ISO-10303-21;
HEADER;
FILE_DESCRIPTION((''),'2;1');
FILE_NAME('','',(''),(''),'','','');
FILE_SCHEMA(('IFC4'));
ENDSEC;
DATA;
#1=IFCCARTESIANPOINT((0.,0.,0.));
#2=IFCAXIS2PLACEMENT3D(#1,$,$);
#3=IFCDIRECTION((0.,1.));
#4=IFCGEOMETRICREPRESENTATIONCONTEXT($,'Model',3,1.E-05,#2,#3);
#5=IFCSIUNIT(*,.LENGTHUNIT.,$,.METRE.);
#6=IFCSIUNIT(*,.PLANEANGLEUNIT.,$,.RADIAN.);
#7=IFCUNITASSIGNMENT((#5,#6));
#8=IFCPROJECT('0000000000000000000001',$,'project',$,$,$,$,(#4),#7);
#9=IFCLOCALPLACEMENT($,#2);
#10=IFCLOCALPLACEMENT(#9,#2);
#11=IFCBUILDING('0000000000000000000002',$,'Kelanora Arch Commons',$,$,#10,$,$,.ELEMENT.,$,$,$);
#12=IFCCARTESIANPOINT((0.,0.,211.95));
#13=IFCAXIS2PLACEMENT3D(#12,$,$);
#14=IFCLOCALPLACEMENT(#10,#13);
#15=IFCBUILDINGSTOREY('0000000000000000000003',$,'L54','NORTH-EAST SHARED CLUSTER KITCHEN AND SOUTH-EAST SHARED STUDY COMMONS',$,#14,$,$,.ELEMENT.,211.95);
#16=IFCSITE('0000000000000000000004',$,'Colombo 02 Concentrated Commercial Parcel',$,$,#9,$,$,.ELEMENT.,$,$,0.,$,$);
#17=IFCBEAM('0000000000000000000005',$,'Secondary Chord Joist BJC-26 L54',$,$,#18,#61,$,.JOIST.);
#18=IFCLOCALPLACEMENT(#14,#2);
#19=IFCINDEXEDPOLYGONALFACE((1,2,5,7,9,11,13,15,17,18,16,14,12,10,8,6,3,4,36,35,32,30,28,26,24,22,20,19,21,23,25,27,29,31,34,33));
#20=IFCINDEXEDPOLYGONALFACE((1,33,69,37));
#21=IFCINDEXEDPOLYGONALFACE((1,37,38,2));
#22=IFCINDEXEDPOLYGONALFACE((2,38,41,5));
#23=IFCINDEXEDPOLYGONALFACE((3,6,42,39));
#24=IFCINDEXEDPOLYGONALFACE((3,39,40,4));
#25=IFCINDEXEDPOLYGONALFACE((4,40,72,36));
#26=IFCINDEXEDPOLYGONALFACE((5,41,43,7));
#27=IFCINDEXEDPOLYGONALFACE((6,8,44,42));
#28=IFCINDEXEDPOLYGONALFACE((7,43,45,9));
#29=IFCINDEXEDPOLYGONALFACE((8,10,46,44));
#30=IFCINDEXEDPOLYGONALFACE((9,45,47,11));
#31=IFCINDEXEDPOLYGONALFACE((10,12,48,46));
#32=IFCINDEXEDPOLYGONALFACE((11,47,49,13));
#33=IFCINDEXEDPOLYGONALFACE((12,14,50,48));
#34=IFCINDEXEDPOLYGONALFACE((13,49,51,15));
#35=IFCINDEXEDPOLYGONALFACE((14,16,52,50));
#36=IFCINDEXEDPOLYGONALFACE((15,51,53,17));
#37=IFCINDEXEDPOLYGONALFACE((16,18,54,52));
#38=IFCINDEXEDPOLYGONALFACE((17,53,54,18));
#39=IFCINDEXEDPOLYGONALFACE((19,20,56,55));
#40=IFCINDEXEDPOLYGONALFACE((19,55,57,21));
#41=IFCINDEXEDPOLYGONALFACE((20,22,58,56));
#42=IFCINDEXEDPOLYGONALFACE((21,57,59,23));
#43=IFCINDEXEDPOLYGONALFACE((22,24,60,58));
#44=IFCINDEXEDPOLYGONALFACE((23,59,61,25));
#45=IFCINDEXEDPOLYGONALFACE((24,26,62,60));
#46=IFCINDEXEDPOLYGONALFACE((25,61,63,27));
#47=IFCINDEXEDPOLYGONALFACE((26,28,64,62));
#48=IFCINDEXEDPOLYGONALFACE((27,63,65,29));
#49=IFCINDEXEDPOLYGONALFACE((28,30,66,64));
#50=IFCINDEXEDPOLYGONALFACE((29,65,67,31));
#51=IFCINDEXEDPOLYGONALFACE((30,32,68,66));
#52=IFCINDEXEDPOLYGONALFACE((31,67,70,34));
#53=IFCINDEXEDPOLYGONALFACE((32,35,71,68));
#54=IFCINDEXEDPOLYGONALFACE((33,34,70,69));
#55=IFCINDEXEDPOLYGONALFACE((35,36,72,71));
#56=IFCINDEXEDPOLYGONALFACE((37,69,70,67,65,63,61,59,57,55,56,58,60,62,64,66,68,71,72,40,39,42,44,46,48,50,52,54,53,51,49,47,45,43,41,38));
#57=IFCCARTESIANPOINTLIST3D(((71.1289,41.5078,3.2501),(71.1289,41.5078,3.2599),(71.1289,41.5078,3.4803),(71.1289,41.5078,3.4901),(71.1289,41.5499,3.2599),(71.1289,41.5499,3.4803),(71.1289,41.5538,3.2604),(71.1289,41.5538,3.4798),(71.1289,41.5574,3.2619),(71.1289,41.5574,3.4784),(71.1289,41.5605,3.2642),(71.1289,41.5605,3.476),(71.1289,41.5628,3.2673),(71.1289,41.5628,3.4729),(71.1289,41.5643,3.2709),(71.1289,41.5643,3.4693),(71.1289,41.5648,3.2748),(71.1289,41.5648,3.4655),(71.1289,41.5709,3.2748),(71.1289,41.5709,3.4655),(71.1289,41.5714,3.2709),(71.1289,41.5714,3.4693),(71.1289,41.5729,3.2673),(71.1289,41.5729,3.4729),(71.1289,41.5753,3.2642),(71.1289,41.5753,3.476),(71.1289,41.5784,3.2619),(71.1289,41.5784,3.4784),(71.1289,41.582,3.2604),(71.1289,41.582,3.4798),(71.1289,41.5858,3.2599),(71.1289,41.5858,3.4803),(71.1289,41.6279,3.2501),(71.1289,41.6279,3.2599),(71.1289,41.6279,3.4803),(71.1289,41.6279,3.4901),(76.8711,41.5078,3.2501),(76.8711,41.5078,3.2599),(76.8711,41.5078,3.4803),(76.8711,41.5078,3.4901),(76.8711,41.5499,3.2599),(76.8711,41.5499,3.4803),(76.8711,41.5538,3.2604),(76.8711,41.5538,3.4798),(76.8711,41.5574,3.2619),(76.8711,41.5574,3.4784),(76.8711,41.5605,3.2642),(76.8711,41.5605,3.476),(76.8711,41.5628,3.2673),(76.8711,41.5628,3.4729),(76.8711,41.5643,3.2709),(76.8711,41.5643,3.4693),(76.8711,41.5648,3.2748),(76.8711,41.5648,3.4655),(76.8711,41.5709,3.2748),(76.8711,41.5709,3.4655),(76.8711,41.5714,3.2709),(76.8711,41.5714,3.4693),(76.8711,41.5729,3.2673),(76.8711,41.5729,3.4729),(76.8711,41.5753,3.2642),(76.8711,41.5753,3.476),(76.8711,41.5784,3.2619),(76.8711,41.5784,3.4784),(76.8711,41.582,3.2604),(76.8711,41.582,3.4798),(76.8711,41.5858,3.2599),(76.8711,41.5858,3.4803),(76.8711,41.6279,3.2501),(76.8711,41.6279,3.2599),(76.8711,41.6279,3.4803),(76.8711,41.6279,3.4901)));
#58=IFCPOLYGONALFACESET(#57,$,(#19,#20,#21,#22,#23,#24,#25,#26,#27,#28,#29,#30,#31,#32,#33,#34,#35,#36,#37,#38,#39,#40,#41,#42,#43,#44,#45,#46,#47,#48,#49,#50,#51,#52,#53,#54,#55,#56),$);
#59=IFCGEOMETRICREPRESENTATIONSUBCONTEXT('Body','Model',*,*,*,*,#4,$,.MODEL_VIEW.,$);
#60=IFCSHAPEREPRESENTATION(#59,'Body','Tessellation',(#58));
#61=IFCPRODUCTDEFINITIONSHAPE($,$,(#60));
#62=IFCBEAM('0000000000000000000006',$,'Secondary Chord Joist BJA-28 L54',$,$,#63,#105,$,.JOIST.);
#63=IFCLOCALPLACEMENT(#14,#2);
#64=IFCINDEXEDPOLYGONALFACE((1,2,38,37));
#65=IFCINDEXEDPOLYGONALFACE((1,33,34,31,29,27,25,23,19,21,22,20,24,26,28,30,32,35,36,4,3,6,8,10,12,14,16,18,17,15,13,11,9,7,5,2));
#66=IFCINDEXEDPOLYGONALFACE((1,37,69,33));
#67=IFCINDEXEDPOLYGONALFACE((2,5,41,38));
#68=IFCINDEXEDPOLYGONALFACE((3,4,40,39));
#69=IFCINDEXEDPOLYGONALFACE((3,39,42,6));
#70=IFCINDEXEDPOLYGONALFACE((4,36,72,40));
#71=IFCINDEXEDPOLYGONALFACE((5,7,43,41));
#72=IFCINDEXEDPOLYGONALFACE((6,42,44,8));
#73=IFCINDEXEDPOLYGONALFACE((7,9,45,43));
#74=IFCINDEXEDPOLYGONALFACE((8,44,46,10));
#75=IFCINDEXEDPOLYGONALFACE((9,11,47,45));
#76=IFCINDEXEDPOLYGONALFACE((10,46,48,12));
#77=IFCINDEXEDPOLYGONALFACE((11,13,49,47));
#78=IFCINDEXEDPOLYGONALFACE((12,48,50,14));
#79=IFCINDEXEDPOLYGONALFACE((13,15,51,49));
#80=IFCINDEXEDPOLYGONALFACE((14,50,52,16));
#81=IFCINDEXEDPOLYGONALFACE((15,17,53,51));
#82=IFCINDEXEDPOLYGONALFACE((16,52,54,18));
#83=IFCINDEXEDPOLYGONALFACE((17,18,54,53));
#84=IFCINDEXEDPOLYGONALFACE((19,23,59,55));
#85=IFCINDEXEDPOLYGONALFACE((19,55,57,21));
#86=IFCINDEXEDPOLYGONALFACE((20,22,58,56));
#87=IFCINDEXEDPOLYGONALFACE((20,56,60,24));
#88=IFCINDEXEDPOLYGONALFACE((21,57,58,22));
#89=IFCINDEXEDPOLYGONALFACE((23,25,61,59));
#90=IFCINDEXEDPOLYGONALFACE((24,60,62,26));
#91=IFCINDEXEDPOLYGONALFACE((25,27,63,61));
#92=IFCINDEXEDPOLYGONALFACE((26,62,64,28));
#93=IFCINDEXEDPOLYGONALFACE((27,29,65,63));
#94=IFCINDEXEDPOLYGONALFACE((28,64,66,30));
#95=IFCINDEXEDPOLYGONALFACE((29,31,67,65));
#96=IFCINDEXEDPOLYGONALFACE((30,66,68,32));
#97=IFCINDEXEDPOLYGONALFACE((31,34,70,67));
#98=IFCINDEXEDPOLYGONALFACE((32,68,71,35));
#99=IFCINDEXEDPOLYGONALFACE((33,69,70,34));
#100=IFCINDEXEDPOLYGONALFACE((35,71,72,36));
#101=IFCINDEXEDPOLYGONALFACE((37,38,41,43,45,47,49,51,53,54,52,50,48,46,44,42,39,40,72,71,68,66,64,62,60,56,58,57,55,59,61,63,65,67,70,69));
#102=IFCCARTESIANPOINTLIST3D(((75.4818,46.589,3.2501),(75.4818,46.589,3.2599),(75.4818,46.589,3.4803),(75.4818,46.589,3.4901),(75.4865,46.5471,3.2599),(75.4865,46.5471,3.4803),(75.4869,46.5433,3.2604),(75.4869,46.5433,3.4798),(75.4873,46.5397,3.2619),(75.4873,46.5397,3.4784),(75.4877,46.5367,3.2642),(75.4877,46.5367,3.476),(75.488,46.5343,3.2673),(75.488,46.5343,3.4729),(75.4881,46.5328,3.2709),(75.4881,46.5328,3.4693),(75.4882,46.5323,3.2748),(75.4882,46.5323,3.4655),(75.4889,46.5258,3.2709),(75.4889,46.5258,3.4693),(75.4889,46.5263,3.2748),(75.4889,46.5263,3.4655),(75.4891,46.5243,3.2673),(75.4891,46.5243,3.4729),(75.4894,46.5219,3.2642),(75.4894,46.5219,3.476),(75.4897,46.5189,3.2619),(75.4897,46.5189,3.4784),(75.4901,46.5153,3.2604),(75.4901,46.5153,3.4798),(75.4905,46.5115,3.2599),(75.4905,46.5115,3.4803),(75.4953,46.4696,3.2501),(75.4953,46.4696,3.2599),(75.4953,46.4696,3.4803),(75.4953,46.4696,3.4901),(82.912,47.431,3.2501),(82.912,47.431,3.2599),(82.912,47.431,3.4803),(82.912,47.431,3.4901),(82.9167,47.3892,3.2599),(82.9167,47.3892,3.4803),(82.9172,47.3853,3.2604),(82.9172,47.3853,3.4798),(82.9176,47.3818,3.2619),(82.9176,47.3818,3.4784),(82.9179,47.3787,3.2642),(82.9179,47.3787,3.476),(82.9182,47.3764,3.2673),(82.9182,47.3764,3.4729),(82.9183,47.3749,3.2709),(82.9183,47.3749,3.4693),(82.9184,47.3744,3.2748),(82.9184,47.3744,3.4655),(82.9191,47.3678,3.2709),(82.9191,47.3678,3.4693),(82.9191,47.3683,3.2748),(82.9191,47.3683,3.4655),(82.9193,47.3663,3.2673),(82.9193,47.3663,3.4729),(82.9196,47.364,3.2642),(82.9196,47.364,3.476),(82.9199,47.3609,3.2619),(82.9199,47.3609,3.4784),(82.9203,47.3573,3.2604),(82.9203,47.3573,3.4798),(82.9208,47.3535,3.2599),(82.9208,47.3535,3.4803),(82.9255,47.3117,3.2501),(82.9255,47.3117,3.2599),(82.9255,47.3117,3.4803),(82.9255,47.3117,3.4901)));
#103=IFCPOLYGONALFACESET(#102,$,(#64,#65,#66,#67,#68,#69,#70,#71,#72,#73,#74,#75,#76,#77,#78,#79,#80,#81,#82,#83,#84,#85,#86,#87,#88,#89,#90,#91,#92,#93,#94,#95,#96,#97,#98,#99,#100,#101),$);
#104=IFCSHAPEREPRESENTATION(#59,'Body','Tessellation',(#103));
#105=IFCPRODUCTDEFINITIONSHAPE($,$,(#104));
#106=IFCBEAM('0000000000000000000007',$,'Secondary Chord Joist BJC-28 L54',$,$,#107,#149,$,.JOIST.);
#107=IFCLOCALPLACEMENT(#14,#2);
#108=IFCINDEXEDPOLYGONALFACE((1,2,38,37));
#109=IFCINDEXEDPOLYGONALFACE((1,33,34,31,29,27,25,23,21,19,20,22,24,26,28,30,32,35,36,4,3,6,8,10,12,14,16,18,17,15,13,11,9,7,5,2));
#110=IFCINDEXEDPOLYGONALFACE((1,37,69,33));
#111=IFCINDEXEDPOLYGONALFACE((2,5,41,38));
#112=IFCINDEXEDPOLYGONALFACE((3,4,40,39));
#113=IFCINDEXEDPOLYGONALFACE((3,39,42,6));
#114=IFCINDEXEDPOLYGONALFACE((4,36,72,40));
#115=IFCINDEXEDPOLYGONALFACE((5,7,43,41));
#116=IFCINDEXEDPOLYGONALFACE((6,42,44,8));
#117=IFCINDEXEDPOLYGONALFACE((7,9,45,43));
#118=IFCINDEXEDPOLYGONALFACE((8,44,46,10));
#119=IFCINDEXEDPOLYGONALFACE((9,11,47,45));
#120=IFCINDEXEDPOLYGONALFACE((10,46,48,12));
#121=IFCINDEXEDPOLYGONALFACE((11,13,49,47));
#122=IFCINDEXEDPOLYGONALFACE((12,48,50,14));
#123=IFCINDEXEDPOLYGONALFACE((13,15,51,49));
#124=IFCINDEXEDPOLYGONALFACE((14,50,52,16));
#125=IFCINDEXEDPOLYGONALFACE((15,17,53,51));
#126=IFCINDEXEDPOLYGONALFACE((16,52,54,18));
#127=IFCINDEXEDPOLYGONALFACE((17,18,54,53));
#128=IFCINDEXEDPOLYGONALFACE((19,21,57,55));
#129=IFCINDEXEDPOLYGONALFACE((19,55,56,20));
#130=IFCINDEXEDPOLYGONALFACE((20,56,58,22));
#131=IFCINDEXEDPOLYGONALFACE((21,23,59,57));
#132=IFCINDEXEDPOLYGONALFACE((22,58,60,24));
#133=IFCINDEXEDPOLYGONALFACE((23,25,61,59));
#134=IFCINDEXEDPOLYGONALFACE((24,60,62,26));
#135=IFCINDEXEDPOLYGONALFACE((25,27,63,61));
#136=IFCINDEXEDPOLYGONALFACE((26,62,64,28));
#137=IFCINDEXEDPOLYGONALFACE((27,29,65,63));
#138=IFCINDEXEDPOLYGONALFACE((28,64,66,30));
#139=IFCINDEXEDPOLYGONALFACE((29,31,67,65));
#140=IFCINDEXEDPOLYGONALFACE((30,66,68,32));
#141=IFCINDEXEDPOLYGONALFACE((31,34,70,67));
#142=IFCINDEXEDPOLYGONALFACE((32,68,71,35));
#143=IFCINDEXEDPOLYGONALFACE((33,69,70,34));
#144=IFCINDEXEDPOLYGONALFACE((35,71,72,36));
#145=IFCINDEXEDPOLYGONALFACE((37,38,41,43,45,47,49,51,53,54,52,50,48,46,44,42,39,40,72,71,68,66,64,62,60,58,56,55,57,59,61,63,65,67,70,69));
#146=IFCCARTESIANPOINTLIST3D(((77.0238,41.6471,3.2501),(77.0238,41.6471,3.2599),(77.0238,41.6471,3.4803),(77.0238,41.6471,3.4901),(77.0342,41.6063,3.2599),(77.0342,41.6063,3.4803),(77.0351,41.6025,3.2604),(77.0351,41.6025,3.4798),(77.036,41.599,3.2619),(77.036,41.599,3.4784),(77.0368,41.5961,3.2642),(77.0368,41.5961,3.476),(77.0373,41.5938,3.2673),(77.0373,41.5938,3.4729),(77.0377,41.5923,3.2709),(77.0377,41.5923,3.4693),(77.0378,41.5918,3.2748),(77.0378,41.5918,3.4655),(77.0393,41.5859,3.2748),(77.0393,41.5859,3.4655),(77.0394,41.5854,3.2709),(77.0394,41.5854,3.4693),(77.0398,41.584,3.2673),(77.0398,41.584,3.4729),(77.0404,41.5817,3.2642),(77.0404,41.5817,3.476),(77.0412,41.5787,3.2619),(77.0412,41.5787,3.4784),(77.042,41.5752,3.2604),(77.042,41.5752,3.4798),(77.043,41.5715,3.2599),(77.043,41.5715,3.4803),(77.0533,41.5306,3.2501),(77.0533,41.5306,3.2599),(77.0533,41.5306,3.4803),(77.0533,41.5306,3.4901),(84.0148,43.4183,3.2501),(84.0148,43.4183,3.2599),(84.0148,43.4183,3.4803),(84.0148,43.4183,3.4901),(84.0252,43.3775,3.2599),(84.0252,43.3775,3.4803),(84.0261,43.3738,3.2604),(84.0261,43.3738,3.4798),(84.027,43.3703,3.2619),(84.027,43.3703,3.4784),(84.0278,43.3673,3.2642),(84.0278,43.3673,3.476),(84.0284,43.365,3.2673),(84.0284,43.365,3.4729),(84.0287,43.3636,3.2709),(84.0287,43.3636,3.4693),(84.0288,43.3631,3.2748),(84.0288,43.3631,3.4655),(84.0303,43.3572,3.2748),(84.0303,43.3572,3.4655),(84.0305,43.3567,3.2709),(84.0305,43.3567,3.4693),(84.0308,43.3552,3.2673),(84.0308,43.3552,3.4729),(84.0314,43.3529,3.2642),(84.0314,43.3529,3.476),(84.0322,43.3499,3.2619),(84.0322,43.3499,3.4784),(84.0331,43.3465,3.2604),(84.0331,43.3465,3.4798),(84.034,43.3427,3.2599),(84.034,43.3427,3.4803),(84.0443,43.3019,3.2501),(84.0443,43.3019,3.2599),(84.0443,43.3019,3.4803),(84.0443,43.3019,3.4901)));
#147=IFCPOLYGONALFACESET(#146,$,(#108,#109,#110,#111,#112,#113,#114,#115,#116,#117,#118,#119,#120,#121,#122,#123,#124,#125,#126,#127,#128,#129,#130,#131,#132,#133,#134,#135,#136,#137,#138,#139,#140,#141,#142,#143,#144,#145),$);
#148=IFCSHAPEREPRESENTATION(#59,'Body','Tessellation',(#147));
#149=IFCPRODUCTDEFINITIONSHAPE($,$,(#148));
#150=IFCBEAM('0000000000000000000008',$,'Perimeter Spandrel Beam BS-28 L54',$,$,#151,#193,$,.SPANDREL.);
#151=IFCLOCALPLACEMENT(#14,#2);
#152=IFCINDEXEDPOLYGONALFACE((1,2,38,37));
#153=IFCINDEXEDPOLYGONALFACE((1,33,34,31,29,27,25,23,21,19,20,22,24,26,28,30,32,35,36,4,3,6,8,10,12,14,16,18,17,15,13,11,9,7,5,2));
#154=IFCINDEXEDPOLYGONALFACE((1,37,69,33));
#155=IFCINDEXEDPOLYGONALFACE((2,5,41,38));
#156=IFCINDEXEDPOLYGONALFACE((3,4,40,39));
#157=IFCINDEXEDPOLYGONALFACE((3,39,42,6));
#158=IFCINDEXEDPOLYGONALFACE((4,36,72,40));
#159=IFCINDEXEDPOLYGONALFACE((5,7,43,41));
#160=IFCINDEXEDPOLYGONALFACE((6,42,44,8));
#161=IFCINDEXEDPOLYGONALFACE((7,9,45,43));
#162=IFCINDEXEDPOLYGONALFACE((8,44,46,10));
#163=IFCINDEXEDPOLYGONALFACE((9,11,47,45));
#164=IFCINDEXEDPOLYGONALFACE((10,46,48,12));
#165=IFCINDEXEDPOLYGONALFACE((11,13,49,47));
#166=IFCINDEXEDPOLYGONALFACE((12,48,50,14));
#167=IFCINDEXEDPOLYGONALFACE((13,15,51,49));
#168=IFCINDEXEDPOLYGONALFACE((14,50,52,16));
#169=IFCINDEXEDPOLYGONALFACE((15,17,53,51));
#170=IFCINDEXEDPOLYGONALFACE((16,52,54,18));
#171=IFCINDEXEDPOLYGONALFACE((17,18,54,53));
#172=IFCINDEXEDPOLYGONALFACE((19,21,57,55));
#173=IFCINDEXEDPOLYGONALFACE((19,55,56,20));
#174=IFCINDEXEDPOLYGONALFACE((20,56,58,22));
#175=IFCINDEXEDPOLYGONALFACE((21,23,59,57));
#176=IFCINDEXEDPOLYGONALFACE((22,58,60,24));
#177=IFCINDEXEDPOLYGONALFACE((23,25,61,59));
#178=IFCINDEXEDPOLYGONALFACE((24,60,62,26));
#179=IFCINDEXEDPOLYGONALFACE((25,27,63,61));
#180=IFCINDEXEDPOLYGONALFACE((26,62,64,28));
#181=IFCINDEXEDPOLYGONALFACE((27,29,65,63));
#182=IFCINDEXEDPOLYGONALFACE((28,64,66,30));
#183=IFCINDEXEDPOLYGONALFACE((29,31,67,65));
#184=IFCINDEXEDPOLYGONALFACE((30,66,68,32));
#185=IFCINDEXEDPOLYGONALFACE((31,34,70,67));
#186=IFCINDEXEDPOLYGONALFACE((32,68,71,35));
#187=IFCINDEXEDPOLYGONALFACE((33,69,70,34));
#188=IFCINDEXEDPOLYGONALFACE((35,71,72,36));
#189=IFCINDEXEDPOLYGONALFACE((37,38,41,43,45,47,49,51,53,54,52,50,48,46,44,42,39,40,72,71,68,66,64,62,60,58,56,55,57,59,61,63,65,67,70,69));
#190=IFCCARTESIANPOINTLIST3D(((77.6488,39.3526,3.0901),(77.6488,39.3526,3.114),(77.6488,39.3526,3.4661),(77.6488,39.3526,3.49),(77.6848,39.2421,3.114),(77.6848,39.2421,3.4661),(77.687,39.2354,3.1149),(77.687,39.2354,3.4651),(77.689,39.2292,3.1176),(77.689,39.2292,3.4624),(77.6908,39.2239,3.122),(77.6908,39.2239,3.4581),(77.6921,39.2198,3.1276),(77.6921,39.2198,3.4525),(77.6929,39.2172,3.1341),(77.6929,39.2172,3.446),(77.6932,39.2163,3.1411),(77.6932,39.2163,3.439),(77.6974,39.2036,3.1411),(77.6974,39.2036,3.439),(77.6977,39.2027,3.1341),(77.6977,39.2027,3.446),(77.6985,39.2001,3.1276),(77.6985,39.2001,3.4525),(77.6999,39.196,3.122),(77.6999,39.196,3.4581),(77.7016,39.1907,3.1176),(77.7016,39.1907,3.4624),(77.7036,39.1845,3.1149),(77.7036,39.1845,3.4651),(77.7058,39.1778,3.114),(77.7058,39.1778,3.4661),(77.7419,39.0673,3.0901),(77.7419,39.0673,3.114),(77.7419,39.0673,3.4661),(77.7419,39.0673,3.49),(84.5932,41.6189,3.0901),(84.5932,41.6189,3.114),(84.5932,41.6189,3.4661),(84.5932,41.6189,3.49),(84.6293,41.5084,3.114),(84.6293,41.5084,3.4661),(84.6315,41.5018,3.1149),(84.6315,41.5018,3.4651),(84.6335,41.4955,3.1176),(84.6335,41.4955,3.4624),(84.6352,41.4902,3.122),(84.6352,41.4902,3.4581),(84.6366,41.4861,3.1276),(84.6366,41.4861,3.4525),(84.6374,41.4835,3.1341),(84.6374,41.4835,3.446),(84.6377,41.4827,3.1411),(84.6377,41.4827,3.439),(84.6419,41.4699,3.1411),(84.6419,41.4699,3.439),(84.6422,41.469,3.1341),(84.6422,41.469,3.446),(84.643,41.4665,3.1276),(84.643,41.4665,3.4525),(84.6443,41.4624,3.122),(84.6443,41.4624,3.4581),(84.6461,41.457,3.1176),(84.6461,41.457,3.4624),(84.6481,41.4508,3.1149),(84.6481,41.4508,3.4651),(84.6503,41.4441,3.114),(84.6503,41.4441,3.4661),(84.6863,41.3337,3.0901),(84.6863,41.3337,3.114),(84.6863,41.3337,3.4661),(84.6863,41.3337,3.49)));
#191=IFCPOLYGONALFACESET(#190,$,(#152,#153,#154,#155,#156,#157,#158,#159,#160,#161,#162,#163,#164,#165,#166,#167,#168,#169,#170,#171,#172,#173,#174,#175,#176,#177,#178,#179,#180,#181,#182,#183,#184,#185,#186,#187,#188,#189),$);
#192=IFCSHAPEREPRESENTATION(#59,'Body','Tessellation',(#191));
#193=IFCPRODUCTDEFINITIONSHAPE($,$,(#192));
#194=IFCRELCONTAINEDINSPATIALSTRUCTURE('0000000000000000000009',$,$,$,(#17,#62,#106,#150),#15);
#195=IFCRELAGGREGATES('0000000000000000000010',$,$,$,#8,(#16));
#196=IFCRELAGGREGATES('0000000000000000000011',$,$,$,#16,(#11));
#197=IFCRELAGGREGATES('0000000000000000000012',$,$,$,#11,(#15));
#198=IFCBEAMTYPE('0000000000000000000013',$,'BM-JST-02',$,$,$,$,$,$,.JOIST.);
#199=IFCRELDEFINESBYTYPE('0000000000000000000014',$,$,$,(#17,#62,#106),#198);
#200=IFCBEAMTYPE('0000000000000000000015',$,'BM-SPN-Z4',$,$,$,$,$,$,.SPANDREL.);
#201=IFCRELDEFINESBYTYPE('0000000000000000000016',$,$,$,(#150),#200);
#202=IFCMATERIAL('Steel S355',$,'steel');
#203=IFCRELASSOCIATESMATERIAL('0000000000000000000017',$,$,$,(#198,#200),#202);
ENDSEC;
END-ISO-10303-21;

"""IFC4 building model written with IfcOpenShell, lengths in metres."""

from ifc_helpers import new_model, si_unit, direction, frame, origin, origin_2d, place, context, subcontext, project, spatial, i_section, extrude, material, material_profile, profile_set, type_object, element, save


model = new_model("IFC4")

# Units and contexts
model_context = context("Model", 3, precision=1e-05, world=origin(), true_north=direction((0.0, 1.0)))
body_context = subcontext(model_context, "Body", "Model", "MODEL_VIEW")
ifc_project = project(units=[si_unit("LENGTHUNIT", "METRE"), si_unit("PLANEANGLEUNIT", "RADIAN")], contexts=[model_context])

# Site, building, storey
site_placement = place(None, origin())
site = spatial("IfcSite", under=ifc_project, at=site_placement, Name="Colombo 02 Concentrated Commercial Parcel", CompositionType="ELEMENT", RefElevation=0.0)
building_placement = place(site_placement, origin())
building = spatial("IfcBuilding", under=site, at=building_placement, Name="Kelanora Arch Commons", CompositionType="ELEMENT")
storey_placement = place(building_placement, frame((0.0, 0.0, 211.95)))
storey = spatial("IfcBuildingStorey", under=building, at=storey_placement, Name="L54", Description="NORTH-EAST SHARED CLUSTER KITCHEN AND SOUTH-EAST SHARED STUDY COMMONS", CompositionType="ELEMENT", Elevation=211.95)

# Beams
ifc_material_1 = material(Name="Steel S355", Category="steel")
ifc_material_profile_1 = material_profile(ifc_material_1, i_section(OverallWidth=0.1201, OverallDepth=0.24, WebThickness=0.0061, FlangeThickness=0.0098, FilletRadius=0.0149, at=origin_2d()), Name="IPE240")
ifc_profile_set_1 = profile_set([ifc_material_profile_1], Name="Steel S355")
beam_type_1 = type_object("IfcBeamType", Name="BM-JST-02", PredefinedType="JOIST", material=ifc_profile_set_1)
beam_1_placement = place(storey_placement, frame((71.1289, 41.5679, 3.3701), z_axis=(1.0, 0.0, 0.0), x_axis=(0.0, 1.0, 0.0)))
element("IfcBeam", 1, at=beam_1_placement, inside=storey, type_object=beam_type_1, Name="Secondary Chord Joist BJC-26 L54", PredefinedType="JOIST", context=body_context, shape_type="SweptSolid", body=[
    extrude(i_section(OverallWidth=0.1201, OverallDepth=0.24, WebThickness=0.0061, FlangeThickness=0.0098, FilletRadius=0.0149, at=origin_2d()), origin(), (0.0, 0.0, 1.0), 5.7422),
])
beam_2_placement = place(storey_placement, frame((75.4885, 46.5293, 3.3701), z_axis=(0.99364, 0.112606, 0.0), x_axis=(-0.112606, 0.99364, 0.0)))
element("IfcBeam", 2, at=beam_2_placement, inside=storey, type_object=beam_type_1, Name="Secondary Chord Joist BJA-28 L54", PredefinedType="JOIST", context=body_context, shape_type="SweptSolid", body=[
    extrude(i_section(OverallWidth=0.1201, OverallDepth=0.24, WebThickness=0.0061, FlangeThickness=0.0098, FilletRadius=0.0149, at=origin_2d()), origin(), (0.0, 0.0, 1.0), 7.4778),
])
beam_3_placement = place(storey_placement, frame((77.0386, 41.5889, 3.3701), z_axis=(0.969371, 0.245601, 0.0), x_axis=(-0.245601, 0.969371, 0.0)))
element("IfcBeam", 3, at=beam_3_placement, inside=storey, type_object=beam_type_1, Name="Secondary Chord Joist BJC-28 L54", PredefinedType="JOIST", context=body_context, shape_type="SweptSolid", body=[
    extrude(i_section(OverallWidth=0.1201, OverallDepth=0.24, WebThickness=0.0061, FlangeThickness=0.0098, FilletRadius=0.0149, at=origin_2d()), origin(), (0.0, 0.0, 1.0), 7.2119),
])
ifc_material_profile_2 = material_profile(ifc_material_1, i_section(OverallWidth=0.3, OverallDepth=0.3999, WebThickness=0.0134, FlangeThickness=0.0239, FilletRadius=0.0271, at=origin_2d()), Name="HEB400")
ifc_profile_set_2 = profile_set([ifc_material_profile_2], Name="Steel S355")
beam_type_2 = type_object("IfcBeamType", Name="BM-SPN-Z4", PredefinedType="SPANDREL", material=ifc_profile_set_2)
beam_4_placement = place(storey_placement, frame((77.6953, 39.21, 3.29), z_axis=(0.950656, 0.310246, 0.0), x_axis=(-0.310246, 0.950656, 0.0)))
element("IfcBeam", 4, at=beam_4_placement, inside=storey, type_object=beam_type_2, Name="Perimeter Spandrel Beam BS-28 L54", PredefinedType="SPANDREL", context=body_context, shape_type="SweptSolid", body=[
    extrude(i_section(OverallWidth=0.3, OverallDepth=0.3999, WebThickness=0.0134, FlangeThickness=0.0239, FilletRadius=0.0271, at=origin_2d()), origin(), (0.0, 0.0, 1.0), 7.3049),
])

save(model, "model.ifc")
